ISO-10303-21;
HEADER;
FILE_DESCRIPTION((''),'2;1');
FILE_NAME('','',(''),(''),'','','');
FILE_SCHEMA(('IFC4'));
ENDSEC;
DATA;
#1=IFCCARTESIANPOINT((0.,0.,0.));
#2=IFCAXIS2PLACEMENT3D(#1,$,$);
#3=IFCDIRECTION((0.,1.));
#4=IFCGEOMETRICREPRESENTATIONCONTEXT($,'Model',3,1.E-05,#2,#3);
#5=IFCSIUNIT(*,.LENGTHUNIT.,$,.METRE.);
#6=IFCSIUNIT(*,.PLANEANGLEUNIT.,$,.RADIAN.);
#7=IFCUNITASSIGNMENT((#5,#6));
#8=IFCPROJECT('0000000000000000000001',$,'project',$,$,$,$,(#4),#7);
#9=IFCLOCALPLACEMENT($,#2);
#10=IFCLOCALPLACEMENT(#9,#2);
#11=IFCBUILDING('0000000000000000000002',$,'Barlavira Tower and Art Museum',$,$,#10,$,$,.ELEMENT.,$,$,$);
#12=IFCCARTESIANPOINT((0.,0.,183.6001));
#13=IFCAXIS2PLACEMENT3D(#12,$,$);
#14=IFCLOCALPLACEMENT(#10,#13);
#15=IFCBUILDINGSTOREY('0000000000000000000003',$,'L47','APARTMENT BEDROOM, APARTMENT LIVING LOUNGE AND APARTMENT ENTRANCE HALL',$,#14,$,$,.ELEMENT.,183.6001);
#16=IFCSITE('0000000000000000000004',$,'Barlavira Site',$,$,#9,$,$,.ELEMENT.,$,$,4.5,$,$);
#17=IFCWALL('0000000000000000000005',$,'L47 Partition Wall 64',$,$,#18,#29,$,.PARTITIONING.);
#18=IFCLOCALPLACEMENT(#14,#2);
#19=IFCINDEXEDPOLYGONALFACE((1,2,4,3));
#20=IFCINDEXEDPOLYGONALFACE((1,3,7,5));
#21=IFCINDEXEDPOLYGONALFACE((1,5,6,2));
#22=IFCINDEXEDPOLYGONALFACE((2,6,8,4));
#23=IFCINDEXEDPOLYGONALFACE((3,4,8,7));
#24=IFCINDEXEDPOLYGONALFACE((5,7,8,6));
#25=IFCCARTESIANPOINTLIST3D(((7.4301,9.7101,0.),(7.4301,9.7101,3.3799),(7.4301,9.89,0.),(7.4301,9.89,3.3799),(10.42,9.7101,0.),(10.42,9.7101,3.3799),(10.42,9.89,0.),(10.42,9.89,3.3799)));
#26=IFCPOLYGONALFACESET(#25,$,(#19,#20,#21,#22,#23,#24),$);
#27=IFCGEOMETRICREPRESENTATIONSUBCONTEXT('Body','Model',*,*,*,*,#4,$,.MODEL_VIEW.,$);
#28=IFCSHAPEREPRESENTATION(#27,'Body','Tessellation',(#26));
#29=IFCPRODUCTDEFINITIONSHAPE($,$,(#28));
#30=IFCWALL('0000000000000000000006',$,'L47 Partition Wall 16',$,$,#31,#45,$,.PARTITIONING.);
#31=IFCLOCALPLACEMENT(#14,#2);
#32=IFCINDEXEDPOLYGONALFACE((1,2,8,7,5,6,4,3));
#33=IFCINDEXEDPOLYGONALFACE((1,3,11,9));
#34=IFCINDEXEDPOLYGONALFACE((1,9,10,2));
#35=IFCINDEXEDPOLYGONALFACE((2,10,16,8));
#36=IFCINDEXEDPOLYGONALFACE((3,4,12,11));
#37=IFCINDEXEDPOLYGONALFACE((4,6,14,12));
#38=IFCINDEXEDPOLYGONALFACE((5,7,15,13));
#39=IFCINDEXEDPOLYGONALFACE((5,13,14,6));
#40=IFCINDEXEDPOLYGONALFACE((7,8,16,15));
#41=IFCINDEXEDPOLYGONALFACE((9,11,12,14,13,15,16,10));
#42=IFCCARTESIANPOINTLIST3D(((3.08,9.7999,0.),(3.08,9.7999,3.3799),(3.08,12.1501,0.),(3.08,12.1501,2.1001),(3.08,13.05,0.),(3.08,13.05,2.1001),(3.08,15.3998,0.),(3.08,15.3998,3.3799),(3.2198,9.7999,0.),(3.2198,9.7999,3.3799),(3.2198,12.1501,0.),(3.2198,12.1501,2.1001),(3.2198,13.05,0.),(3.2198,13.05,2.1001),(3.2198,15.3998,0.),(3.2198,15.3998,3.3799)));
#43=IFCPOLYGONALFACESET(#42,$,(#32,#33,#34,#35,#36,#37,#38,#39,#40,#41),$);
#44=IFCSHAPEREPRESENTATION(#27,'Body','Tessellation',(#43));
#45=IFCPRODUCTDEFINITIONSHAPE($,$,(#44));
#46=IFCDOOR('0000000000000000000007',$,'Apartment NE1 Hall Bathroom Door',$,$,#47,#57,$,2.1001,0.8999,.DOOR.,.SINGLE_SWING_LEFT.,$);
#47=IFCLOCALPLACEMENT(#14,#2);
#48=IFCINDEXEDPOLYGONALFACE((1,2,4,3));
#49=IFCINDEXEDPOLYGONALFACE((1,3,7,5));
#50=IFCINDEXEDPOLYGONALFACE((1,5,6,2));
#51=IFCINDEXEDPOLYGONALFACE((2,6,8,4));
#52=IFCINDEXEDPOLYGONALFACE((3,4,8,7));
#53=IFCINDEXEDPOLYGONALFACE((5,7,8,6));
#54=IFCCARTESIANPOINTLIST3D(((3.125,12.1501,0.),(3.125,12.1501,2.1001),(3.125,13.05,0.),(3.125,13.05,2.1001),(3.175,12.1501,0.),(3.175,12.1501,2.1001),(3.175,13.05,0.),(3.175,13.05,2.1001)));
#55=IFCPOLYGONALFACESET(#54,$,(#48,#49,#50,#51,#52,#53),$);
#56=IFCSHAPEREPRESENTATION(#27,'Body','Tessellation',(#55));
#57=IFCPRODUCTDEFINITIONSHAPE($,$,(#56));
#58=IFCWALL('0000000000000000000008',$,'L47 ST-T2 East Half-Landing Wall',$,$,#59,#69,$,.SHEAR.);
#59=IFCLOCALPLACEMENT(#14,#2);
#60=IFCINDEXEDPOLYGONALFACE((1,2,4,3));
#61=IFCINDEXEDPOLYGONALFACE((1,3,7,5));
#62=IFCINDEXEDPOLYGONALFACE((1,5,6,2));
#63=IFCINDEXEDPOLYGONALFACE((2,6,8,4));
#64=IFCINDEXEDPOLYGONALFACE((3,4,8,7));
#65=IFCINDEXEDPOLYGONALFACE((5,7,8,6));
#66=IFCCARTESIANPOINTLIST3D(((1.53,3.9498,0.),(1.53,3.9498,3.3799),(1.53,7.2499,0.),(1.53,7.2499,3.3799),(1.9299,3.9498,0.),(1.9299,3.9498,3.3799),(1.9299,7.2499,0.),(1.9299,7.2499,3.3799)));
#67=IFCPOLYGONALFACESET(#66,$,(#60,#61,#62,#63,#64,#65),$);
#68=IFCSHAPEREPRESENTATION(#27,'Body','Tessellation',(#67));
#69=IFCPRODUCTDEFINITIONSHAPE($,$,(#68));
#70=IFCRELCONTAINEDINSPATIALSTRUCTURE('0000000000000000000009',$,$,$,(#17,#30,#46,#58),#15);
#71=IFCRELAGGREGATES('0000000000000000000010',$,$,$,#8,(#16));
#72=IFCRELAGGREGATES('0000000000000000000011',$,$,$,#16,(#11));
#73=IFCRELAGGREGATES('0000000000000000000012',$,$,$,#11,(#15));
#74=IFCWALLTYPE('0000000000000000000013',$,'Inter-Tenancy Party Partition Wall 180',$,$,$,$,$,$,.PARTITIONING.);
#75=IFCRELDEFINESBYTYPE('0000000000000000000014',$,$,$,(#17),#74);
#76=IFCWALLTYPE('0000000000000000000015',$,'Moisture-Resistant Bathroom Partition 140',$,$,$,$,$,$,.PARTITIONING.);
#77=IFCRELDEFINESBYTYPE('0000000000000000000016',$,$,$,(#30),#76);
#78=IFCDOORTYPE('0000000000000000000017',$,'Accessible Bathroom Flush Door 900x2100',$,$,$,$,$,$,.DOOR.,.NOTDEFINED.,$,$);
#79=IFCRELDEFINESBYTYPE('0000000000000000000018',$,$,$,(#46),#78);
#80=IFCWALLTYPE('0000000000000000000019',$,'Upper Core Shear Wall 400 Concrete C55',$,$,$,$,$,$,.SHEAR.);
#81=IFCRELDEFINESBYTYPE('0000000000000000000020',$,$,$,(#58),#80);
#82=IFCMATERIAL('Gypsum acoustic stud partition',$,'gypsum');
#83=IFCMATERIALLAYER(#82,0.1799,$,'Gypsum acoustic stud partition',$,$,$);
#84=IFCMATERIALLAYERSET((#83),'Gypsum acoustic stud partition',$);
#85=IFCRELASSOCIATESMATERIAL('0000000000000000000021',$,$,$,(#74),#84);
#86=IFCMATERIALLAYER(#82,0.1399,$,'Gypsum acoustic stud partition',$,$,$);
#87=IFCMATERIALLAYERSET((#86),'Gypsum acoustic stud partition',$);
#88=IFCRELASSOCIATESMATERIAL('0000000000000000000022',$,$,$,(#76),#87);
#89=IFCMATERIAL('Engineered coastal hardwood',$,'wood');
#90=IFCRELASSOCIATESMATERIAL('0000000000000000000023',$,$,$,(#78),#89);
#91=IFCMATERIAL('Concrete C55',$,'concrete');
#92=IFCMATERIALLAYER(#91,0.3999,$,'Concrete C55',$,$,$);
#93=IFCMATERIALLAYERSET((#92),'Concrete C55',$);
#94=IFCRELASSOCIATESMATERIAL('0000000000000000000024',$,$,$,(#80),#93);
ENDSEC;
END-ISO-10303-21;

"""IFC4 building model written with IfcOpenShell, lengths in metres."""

from ifc_helpers import new_model, si_unit, direction, frame, frame_2d, origin, place, context, subcontext, project, spatial, rectangle, extrude, material, layer, layer_set, type_object, element, fill, save


model = new_model("IFC4")

# Units and contexts
model_context = context("Model", 3, precision=1e-05, world=origin(), true_north=direction((0.0, 1.0)))
body_context = subcontext(model_context, "Body", "Model", "MODEL_VIEW")
ifc_project = project(units=[si_unit("LENGTHUNIT", "METRE"), si_unit("PLANEANGLEUNIT", "RADIAN")], contexts=[model_context])

# Site, building, storey
site_placement = place(None, origin())
site = spatial("IfcSite", under=ifc_project, at=site_placement, Name="Barlavira Site", CompositionType="ELEMENT", RefElevation=4.5)
building_placement = place(site_placement, origin())
building = spatial("IfcBuilding", under=site, at=building_placement, Name="Barlavira Tower and Art Museum", CompositionType="ELEMENT")
storey_placement = place(building_placement, frame((0.0, 0.0, 183.6001)))
storey = spatial("IfcBuildingStorey", under=building, at=storey_placement, Name="L47", Description="APARTMENT BEDROOM, APARTMENT LIVING LOUNGE AND APARTMENT ENTRANCE HALL", CompositionType="ELEMENT", Elevation=183.6001)

# Shared definitions
ifc_material_1 = material(Name="Gypsum acoustic stud partition", Category="gypsum")
ifc_material_2 = material(Name="Engineered coastal hardwood", Category="wood")

# Shared definitions
ifc_layer_1 = layer(ifc_material_1, 0.1799, Name="Gypsum acoustic stud partition")
ifc_layer_set_1 = layer_set([ifc_layer_1], Name="Gypsum acoustic stud partition")
wall_type_1 = type_object("IfcWallType", Name="Inter-Tenancy Party Partition Wall 180", PredefinedType="PARTITIONING", material=ifc_layer_set_1)

# Wall
wall_1_placement = place(storey_placement, frame((7.4299, 9.8, 0.0), z_axis=(0.0, 0.0, 1.0), x_axis=(1.0, 0.0, 0.0)))
element("IfcWall", 1, at=wall_1_placement, inside=storey, type_object=wall_type_1, Name="L47 Partition Wall 64", PredefinedType="PARTITIONING", context=body_context, shape_type="SweptSolid", body=[
    extrude(rectangle(XDim=2.99, YDim=0.1799, at=frame_2d((1.4951, 0.0))), origin(), (0.0, 0.0, 1.0), 3.3799),
])

# Wall, opening, door
ifc_layer_2 = layer(ifc_material_1, 0.1399, Name="Gypsum acoustic stud partition")
ifc_layer_set_2 = layer_set([ifc_layer_2], Name="Gypsum acoustic stud partition")
wall_type_2 = type_object("IfcWallType", Name="Moisture-Resistant Bathroom Partition 140", PredefinedType="PARTITIONING", material=ifc_layer_set_2)
wall_2_placement = place(storey_placement, frame((3.1499, 9.8, 0.0), z_axis=(0.0, 0.0, 1.0), x_axis=(0.0, 1.0, 0.0)))
wall_2 = element("IfcWall", 2, at=wall_2_placement, inside=storey, type_object=wall_type_2, Name="L47 Partition Wall 16", PredefinedType="PARTITIONING", context=body_context, shape_type="SweptSolid", body=[
    extrude(rectangle(XDim=5.5999, YDim=0.1399, at=frame_2d((2.7998, 0.0))), origin(), (0.0, 0.0, 1.0), 3.3799),
])
opening_1_placement = place(wall_2_placement, frame((2.3501, 0.0, 0.0)))
opening_1 = element("IfcOpeningElement", 3, at=opening_1_placement, cuts=wall_2, PredefinedType="OPENING", context=body_context, shape_type="SweptSolid", body=[
    extrude(rectangle(XDim=0.8999, YDim=2.1001, at=frame_2d((0.45, 1.05))), frame((0.0, 0.0801, 0.0), z_axis=(0.0, -1.0, 0.0), x_axis=(1.0, 0.0, 0.0)), (0.0, 0.0, 1.0), 0.1599),
])
door_type_1 = type_object("IfcDoorType", Name="Accessible Bathroom Flush Door 900x2100", OperationType="NOTDEFINED", PredefinedType="DOOR", material=ifc_material_2)
door_1_placement = place(opening_1_placement, origin())
door_1 = element("IfcDoor", 4, at=door_1_placement, inside=storey, type_object=door_type_1, Name="Apartment NE1 Hall Bathroom Door", OperationType="SINGLE_SWING_LEFT", OverallHeight=2.1001, OverallWidth=0.8999, PredefinedType="DOOR", context=body_context, shape_type="SweptSolid", body=[
    extrude(rectangle(XDim=0.8999, YDim=2.1001, at=frame_2d((0.45, 1.05))), frame((0.0, 0.0249, 0.0), z_axis=(0.0, -1.0, 0.0), x_axis=(1.0, 0.0, 0.0)), (0.0, 0.0, 1.0), 0.05),
])
fill(opening_1, door_1)

# Wall
ifc_material_3 = material(Name="Concrete C55", Category="concrete")
ifc_layer_3 = layer(ifc_material_3, 0.3999, Name="Concrete C55")
ifc_layer_set_3 = layer_set([ifc_layer_3], Name="Concrete C55")
wall_type_3 = type_object("IfcWallType", Name="Upper Core Shear Wall 400 Concrete C55", PredefinedType="SHEAR", material=ifc_layer_set_3)
wall_3_placement = place(storey_placement, frame((1.73, 3.95, 0.0), z_axis=(0.0, 0.0, 1.0), x_axis=(0.0, 1.0, 0.0)))
element("IfcWall", 5, at=wall_3_placement, inside=storey, type_object=wall_type_3, Name="L47 ST-T2 East Half-Landing Wall", PredefinedType="SHEAR", context=body_context, shape_type="SweptSolid", body=[
    extrude(rectangle(XDim=3.3, YDim=0.3999, at=frame_2d((1.6499, 0.0))), origin(), (0.0, 0.0, 1.0), 3.3799),
])

save(model, "model.ifc")
